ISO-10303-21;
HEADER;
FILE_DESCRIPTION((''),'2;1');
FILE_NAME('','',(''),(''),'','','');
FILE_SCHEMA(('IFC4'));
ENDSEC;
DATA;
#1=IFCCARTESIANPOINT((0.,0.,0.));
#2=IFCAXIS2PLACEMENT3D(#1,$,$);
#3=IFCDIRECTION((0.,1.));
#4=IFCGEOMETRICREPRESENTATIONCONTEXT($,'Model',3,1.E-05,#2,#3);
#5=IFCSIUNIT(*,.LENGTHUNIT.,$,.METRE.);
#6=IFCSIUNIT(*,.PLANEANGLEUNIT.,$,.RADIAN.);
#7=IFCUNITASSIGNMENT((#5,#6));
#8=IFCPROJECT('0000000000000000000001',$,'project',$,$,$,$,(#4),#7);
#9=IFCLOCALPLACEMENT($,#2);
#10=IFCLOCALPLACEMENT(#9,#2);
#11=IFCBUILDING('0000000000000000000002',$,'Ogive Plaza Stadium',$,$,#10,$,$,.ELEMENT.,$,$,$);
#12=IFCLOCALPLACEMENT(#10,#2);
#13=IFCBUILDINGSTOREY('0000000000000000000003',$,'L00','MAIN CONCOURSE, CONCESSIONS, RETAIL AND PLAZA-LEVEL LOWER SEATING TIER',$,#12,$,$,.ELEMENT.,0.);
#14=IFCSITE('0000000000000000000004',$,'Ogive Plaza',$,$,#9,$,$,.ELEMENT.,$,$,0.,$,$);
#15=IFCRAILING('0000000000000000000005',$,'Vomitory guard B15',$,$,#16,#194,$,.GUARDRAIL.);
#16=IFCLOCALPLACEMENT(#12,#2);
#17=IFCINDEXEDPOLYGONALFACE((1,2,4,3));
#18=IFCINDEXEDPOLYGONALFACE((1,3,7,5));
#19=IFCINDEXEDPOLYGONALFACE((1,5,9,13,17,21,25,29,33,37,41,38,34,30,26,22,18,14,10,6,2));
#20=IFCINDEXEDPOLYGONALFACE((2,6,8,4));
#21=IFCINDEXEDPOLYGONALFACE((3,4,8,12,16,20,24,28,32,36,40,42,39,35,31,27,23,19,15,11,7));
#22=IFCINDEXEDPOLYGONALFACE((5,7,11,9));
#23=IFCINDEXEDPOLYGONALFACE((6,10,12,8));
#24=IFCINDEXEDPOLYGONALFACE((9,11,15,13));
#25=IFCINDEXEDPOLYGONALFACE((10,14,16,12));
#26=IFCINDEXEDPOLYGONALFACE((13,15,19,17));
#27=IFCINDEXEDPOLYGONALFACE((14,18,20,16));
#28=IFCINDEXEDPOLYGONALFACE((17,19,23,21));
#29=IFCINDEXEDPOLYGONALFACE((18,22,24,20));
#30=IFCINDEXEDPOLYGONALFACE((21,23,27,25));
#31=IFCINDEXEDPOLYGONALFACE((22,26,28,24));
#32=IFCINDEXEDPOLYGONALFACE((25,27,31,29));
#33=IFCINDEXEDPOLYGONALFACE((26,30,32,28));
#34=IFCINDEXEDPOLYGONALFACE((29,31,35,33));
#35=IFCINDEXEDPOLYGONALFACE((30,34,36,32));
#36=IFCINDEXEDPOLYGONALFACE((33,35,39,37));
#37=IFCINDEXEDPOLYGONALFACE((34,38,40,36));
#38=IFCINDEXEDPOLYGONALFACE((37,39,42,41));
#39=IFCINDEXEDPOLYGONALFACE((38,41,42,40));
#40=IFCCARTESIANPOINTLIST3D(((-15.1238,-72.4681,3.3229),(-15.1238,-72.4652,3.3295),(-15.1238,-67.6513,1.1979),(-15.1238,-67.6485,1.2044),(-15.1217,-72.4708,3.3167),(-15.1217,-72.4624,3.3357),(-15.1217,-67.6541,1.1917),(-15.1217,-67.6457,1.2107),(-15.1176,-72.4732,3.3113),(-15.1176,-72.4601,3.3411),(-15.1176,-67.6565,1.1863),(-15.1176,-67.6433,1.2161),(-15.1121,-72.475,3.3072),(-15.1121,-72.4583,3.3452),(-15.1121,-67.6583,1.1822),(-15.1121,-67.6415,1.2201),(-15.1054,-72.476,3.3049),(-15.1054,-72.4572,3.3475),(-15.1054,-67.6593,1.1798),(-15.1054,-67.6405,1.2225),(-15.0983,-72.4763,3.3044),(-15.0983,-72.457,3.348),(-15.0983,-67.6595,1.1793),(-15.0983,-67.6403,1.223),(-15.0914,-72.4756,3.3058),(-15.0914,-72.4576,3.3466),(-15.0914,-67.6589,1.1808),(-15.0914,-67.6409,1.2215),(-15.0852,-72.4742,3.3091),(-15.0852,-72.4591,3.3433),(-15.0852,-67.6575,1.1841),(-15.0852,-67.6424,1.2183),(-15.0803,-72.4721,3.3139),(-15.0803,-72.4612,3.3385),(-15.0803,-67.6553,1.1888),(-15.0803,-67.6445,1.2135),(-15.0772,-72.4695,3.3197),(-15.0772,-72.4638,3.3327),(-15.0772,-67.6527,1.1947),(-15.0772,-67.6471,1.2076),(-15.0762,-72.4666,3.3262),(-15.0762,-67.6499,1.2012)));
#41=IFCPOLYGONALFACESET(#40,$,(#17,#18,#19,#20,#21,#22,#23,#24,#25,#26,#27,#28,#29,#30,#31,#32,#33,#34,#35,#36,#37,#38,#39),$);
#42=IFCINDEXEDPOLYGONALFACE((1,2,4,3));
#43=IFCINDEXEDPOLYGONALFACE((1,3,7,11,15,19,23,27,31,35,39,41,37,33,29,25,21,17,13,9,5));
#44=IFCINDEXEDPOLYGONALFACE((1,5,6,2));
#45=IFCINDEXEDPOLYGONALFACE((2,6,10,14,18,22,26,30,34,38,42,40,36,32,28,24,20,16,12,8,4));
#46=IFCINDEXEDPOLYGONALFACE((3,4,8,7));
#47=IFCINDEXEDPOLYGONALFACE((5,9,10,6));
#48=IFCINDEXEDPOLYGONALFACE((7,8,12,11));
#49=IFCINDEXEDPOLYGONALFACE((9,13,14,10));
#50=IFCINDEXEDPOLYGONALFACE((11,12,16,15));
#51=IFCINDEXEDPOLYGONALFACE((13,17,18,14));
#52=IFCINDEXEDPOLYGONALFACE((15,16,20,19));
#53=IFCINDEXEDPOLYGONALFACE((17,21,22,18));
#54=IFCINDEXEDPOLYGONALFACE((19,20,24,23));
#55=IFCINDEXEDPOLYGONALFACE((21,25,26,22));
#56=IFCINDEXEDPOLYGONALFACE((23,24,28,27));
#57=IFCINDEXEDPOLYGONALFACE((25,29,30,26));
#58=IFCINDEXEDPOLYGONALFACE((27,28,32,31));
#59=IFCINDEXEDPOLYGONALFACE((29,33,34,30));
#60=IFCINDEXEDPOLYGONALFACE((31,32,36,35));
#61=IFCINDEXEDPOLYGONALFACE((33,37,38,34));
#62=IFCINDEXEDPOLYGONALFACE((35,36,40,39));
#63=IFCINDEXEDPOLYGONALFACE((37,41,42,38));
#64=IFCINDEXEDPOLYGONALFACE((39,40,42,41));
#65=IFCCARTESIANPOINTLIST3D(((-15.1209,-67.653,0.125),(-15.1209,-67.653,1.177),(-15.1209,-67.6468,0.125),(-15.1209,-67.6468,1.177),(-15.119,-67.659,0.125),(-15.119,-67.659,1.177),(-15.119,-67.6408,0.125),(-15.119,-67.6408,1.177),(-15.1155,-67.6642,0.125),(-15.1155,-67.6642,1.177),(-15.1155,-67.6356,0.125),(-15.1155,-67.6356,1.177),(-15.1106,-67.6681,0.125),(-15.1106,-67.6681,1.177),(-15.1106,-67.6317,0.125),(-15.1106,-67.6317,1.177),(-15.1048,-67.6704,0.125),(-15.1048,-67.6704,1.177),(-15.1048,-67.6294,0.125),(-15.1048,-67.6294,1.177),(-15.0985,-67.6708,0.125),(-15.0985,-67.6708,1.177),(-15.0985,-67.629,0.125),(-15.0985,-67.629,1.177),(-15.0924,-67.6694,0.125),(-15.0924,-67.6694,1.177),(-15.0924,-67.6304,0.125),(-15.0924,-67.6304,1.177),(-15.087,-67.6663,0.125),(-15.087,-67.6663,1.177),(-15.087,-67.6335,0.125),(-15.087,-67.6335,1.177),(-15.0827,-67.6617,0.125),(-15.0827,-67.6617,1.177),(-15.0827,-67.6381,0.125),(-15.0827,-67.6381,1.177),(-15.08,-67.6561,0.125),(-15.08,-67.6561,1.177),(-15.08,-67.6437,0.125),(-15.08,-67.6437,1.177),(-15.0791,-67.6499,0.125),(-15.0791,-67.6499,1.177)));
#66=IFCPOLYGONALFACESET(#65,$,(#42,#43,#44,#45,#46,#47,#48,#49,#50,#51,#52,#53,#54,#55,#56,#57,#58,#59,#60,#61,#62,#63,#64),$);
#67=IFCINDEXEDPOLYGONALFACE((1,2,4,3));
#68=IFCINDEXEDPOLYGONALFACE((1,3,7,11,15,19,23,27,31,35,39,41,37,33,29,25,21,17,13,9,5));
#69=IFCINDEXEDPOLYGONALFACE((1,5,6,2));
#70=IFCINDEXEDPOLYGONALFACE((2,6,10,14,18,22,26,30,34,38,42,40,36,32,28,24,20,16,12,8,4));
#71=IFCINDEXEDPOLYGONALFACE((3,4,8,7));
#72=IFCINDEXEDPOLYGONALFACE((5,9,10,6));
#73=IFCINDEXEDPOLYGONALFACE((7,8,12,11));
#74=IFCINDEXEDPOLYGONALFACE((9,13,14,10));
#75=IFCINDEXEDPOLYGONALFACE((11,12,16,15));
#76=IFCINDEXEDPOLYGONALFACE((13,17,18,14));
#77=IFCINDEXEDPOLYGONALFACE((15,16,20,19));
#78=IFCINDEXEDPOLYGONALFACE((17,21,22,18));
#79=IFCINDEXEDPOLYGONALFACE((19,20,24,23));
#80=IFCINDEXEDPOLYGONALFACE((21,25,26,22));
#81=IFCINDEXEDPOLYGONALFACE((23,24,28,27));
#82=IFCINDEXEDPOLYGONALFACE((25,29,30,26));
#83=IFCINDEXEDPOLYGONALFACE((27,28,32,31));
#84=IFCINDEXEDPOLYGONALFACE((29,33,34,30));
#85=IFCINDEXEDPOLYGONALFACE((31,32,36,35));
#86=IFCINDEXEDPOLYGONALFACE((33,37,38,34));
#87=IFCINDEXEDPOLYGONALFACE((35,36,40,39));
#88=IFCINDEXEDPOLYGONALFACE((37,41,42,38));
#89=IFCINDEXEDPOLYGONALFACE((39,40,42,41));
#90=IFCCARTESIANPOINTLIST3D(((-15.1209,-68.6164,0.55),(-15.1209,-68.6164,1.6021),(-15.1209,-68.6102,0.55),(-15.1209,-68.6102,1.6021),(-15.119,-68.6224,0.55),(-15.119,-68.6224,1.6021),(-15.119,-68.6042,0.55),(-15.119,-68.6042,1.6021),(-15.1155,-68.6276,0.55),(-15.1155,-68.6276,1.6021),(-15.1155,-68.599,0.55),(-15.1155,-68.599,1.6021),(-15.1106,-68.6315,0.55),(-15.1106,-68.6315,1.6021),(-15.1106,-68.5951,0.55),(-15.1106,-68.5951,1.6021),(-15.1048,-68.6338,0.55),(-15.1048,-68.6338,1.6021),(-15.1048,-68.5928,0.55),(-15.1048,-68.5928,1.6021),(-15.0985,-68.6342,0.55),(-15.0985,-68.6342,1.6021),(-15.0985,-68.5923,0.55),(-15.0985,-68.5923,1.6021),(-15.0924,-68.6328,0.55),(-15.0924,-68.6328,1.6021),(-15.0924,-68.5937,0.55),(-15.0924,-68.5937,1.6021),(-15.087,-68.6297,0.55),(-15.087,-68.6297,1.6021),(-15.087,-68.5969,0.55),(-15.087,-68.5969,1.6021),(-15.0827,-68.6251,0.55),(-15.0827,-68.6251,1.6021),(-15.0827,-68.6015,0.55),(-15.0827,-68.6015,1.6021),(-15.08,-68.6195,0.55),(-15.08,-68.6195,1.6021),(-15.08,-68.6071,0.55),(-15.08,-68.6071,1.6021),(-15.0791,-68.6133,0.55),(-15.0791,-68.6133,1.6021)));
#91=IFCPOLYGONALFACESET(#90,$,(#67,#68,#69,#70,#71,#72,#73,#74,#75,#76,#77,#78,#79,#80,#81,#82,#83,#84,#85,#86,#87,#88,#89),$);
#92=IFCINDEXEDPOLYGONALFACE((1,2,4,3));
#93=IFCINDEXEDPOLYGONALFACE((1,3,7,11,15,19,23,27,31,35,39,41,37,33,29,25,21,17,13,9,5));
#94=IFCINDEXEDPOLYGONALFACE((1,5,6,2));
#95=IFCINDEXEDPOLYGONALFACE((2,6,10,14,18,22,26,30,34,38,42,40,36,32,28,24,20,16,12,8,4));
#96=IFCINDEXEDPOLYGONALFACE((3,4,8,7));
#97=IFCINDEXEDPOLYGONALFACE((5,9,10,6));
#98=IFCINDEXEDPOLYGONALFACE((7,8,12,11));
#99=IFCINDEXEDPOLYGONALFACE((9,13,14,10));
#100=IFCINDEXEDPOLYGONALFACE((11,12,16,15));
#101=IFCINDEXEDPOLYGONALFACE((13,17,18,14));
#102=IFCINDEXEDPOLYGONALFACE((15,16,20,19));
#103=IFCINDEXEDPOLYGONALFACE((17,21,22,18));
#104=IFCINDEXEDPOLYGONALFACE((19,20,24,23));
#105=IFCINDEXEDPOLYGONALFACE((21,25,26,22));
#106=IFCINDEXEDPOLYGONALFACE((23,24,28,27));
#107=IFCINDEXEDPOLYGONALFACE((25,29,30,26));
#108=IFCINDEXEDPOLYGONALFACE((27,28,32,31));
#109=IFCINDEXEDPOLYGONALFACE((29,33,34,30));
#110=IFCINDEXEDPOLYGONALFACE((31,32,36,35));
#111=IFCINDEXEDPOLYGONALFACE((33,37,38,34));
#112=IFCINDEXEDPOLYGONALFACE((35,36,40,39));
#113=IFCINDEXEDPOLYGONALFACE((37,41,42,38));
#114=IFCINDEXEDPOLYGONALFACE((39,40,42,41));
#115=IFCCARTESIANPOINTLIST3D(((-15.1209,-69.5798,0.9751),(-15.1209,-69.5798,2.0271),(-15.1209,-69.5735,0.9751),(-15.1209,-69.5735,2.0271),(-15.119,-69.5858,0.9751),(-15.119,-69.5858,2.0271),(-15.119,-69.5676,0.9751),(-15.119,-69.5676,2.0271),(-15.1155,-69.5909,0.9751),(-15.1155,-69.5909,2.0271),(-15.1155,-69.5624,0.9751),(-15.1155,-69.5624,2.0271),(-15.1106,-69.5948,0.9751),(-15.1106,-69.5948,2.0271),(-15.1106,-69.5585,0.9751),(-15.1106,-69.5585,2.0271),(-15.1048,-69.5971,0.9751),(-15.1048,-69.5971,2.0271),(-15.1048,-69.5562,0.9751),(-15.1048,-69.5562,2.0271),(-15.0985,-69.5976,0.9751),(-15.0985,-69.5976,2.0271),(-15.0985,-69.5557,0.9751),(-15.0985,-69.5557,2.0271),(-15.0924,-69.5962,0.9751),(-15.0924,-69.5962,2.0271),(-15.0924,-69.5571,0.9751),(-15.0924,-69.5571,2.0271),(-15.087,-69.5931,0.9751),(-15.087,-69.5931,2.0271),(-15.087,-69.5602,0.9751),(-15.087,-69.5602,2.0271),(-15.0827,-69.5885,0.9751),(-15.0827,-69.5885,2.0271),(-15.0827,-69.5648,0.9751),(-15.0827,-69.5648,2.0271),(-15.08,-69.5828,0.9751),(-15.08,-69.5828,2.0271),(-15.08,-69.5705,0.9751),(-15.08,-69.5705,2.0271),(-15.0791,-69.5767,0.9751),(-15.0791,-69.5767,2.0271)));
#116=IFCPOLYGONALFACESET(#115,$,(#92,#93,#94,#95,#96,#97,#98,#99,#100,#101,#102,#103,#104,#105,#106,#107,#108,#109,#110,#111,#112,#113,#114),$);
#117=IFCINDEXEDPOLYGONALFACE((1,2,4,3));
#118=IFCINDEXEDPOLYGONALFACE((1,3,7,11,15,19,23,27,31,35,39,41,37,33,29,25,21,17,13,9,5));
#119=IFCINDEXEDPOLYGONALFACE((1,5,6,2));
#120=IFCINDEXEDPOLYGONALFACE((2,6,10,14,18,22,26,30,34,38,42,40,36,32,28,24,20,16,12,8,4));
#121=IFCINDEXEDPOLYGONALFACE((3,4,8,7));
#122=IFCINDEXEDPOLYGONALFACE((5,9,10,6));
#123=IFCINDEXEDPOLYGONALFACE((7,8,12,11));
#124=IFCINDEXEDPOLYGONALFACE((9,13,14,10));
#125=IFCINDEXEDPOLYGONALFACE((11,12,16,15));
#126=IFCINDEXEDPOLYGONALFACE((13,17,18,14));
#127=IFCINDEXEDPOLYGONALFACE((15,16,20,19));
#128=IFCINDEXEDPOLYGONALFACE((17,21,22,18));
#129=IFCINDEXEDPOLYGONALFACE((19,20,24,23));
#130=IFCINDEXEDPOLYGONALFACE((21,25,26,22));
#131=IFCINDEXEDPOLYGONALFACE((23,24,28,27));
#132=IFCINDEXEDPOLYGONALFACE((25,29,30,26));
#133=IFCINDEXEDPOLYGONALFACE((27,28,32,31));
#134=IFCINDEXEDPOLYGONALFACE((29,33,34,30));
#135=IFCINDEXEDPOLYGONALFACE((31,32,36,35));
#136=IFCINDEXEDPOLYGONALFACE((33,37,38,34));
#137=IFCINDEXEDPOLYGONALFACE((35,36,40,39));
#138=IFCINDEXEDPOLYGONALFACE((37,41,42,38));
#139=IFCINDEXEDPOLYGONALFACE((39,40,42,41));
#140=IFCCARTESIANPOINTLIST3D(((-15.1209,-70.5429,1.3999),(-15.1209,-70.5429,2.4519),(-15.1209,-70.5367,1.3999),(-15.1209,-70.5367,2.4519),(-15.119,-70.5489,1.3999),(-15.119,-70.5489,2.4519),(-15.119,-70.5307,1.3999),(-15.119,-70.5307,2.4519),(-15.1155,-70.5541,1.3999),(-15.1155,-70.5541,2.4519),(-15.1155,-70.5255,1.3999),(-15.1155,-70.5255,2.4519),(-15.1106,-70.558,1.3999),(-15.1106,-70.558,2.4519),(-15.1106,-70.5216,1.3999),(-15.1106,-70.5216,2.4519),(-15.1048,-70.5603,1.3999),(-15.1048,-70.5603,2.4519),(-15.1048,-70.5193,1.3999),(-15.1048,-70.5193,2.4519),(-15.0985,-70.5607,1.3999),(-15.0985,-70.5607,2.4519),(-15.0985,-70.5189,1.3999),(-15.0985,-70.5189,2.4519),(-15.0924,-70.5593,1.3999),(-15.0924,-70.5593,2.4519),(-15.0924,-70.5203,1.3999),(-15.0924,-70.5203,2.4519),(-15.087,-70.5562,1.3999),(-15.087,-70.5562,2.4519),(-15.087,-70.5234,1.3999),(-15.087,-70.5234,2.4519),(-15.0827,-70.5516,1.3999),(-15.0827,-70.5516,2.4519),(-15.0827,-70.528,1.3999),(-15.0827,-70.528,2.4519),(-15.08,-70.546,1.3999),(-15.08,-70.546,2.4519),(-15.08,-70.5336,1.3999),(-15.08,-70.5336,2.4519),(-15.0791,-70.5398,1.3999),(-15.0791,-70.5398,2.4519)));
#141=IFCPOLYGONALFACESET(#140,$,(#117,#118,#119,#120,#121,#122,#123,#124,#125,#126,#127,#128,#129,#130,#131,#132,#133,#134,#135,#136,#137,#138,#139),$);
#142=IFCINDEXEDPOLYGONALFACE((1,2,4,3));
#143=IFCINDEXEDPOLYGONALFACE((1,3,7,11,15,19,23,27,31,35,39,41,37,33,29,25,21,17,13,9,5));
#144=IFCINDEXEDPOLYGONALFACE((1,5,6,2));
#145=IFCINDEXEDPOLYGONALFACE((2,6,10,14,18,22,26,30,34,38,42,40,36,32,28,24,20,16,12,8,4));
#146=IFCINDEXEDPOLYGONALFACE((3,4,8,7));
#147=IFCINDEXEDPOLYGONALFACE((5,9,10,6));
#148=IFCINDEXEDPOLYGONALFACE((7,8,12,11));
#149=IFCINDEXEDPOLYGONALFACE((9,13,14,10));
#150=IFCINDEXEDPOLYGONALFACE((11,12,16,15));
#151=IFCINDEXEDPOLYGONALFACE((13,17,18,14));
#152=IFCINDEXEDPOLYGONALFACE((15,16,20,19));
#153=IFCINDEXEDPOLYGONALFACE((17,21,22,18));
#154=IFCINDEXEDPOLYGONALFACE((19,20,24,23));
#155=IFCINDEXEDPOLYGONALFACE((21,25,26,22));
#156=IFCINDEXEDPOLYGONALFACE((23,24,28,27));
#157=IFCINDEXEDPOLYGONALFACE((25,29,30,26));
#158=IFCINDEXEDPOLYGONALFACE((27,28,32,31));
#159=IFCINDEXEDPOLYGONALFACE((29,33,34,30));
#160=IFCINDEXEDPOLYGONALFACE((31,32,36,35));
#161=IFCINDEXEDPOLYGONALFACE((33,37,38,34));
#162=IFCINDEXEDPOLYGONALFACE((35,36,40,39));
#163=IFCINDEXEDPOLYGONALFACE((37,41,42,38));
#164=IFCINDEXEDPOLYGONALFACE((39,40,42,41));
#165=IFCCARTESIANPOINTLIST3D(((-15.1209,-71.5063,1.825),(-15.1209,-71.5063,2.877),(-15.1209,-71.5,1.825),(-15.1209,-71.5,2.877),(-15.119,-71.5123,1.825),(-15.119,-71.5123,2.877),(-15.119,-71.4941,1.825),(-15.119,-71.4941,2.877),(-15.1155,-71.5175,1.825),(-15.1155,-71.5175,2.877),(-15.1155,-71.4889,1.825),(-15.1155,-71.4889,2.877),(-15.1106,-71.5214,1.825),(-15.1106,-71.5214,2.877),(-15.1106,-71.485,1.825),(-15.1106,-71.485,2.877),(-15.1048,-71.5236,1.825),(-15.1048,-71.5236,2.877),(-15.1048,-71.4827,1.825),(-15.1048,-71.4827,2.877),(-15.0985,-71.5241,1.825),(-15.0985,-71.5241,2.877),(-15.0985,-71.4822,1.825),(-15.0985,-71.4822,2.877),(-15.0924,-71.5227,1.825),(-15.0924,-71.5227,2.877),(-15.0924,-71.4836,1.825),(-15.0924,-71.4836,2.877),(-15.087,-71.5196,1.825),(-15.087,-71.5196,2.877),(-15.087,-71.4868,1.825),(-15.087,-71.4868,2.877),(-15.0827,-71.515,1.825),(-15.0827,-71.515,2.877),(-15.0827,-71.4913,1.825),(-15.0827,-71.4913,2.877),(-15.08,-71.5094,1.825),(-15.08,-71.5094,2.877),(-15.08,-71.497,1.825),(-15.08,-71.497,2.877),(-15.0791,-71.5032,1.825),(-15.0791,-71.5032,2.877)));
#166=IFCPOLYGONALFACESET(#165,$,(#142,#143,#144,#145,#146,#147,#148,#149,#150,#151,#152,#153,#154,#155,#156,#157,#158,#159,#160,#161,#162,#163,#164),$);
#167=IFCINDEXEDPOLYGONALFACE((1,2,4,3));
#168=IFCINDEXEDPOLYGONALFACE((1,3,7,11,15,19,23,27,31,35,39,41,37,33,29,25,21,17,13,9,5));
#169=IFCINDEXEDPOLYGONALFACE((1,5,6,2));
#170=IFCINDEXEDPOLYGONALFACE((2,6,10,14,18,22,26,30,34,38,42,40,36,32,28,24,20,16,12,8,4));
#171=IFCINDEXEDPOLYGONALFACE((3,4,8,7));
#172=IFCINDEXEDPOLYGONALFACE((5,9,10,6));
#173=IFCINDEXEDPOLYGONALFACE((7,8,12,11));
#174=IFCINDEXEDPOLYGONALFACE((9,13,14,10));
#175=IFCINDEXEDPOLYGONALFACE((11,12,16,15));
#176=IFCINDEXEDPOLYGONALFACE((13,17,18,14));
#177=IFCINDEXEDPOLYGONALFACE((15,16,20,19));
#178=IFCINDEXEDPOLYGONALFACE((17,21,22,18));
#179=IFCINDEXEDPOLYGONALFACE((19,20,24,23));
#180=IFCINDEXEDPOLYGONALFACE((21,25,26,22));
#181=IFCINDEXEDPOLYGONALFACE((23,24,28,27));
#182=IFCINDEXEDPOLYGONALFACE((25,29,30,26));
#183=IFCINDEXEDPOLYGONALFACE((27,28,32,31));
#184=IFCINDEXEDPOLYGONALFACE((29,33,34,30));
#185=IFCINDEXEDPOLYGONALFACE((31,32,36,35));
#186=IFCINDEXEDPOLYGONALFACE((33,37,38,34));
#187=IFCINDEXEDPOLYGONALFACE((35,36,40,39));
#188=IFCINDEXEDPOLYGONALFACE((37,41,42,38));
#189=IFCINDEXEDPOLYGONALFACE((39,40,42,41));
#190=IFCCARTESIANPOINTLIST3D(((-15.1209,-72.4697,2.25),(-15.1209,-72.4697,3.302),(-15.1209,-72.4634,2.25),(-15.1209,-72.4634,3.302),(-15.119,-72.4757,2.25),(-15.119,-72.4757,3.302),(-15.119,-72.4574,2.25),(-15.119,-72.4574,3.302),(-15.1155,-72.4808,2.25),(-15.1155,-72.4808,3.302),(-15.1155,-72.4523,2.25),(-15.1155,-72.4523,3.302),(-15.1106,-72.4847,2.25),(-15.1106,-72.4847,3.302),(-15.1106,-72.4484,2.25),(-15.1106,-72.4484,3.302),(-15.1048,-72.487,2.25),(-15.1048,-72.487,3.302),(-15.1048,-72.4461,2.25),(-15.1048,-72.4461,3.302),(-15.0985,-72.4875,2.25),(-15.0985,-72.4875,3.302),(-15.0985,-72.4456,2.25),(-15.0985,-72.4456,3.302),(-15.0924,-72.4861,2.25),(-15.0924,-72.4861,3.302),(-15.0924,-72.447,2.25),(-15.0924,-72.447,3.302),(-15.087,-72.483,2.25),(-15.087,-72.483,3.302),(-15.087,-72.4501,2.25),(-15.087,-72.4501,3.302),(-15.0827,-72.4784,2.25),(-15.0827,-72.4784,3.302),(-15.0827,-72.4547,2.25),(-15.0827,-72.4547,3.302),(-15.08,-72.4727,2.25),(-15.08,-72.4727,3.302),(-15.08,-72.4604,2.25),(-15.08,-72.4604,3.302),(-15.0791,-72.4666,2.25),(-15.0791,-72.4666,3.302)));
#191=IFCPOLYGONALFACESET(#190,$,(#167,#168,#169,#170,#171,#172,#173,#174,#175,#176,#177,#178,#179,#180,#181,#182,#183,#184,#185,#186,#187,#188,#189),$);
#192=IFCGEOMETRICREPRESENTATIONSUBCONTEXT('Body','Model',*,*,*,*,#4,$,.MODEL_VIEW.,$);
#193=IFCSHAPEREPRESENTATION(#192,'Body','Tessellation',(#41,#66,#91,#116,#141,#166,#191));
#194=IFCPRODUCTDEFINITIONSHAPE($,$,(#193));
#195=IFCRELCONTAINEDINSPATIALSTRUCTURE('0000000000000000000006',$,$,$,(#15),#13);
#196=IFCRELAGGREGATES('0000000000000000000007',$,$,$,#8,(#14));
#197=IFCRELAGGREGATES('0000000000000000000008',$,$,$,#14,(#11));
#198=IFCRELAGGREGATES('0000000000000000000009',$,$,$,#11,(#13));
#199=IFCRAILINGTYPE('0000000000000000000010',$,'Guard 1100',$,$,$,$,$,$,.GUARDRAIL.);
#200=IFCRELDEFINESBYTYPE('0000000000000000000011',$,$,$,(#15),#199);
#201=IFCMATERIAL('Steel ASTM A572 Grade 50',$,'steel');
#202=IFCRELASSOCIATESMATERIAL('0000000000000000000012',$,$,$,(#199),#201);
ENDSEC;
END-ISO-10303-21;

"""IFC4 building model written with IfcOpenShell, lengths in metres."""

from ifc_helpers import new_model, si_unit, direction, frame, origin, origin_2d, place, context, subcontext, project, spatial, circle, extrude, material, type_object, element, save


model = new_model("IFC4")

# Units and contexts
model_context = context("Model", 3, precision=1e-05, world=origin(), true_north=direction((0.0, 1.0)))
body_context = subcontext(model_context, "Body", "Model", "MODEL_VIEW")
ifc_project = project(units=[si_unit("LENGTHUNIT", "METRE"), si_unit("PLANEANGLEUNIT", "RADIAN")], contexts=[model_context])

# Site, building, storey
site_placement = place(None, origin())
site = spatial("IfcSite", under=ifc_project, at=site_placement, Name="Ogive Plaza", CompositionType="ELEMENT", RefElevation=0.0)
building_placement = place(site_placement, origin())
building = spatial("IfcBuilding", under=site, at=building_placement, Name="Ogive Plaza Stadium", CompositionType="ELEMENT")
storey_placement = place(building_placement, origin())
storey = spatial("IfcBuildingStorey", under=building, at=storey_placement, Name="L00", Description="MAIN CONCOURSE, CONCESSIONS, RETAIL AND PLAZA-LEVEL LOWER SEATING TIER", CompositionType="ELEMENT", Elevation=0.0)

# Railing
ifc_material_1 = material(Name="Steel ASTM A572 Grade 50", Category="steel")
railing_type = type_object("IfcRailingType", Name="Guard 1100", PredefinedType="GUARDRAIL", material=ifc_material_1)
for number, where, name in (
    (1, (-15.1001, -67.6499, 0.125), "Vomitory guard B15"),
):
    element("IfcRailing", number, at=place(storey_placement, frame(where)), inside=storey, type_object=railing_type, Name=name, PredefinedType="GUARDRAIL", context=body_context, shape_type="SweptSolid", body=[
        extrude(circle(Radius=0.0239, at=origin_2d()), frame((0.0, 0.0, 1.0762), z_axis=(0.0, -0.914917, 0.403641), x_axis=(1.0, 0.0, 0.0)), (0.0, 0.0, 1.0), 5.2646),
        extrude(circle(Radius=0.021, at=origin_2d()), origin(), (0.0, 0.0, 1.0), 1.052),
        extrude(circle(Radius=0.021, at=origin_2d()), frame((0.0, -0.9634, 0.425)), (0.0, 0.0, 1.0), 1.052),
        extrude(circle(Radius=0.021, at=origin_2d()), frame((0.0, -1.9268, 0.8501)), (0.0, 0.0, 1.0), 1.052),
        extrude(circle(Radius=0.021, at=origin_2d()), frame((0.0, -2.8899, 1.2749)), (0.0, 0.0, 1.0), 1.052),
        extrude(circle(Radius=0.021, at=origin_2d()), frame((0.0, -3.8533, 1.7)), (0.0, 0.0, 1.0), 1.052),
        extrude(circle(Radius=0.021, at=origin_2d()), frame((0.0, -4.8167, 2.125)), (0.0, 0.0, 1.0), 1.052),
    ])

save(model, "model.ifc")
